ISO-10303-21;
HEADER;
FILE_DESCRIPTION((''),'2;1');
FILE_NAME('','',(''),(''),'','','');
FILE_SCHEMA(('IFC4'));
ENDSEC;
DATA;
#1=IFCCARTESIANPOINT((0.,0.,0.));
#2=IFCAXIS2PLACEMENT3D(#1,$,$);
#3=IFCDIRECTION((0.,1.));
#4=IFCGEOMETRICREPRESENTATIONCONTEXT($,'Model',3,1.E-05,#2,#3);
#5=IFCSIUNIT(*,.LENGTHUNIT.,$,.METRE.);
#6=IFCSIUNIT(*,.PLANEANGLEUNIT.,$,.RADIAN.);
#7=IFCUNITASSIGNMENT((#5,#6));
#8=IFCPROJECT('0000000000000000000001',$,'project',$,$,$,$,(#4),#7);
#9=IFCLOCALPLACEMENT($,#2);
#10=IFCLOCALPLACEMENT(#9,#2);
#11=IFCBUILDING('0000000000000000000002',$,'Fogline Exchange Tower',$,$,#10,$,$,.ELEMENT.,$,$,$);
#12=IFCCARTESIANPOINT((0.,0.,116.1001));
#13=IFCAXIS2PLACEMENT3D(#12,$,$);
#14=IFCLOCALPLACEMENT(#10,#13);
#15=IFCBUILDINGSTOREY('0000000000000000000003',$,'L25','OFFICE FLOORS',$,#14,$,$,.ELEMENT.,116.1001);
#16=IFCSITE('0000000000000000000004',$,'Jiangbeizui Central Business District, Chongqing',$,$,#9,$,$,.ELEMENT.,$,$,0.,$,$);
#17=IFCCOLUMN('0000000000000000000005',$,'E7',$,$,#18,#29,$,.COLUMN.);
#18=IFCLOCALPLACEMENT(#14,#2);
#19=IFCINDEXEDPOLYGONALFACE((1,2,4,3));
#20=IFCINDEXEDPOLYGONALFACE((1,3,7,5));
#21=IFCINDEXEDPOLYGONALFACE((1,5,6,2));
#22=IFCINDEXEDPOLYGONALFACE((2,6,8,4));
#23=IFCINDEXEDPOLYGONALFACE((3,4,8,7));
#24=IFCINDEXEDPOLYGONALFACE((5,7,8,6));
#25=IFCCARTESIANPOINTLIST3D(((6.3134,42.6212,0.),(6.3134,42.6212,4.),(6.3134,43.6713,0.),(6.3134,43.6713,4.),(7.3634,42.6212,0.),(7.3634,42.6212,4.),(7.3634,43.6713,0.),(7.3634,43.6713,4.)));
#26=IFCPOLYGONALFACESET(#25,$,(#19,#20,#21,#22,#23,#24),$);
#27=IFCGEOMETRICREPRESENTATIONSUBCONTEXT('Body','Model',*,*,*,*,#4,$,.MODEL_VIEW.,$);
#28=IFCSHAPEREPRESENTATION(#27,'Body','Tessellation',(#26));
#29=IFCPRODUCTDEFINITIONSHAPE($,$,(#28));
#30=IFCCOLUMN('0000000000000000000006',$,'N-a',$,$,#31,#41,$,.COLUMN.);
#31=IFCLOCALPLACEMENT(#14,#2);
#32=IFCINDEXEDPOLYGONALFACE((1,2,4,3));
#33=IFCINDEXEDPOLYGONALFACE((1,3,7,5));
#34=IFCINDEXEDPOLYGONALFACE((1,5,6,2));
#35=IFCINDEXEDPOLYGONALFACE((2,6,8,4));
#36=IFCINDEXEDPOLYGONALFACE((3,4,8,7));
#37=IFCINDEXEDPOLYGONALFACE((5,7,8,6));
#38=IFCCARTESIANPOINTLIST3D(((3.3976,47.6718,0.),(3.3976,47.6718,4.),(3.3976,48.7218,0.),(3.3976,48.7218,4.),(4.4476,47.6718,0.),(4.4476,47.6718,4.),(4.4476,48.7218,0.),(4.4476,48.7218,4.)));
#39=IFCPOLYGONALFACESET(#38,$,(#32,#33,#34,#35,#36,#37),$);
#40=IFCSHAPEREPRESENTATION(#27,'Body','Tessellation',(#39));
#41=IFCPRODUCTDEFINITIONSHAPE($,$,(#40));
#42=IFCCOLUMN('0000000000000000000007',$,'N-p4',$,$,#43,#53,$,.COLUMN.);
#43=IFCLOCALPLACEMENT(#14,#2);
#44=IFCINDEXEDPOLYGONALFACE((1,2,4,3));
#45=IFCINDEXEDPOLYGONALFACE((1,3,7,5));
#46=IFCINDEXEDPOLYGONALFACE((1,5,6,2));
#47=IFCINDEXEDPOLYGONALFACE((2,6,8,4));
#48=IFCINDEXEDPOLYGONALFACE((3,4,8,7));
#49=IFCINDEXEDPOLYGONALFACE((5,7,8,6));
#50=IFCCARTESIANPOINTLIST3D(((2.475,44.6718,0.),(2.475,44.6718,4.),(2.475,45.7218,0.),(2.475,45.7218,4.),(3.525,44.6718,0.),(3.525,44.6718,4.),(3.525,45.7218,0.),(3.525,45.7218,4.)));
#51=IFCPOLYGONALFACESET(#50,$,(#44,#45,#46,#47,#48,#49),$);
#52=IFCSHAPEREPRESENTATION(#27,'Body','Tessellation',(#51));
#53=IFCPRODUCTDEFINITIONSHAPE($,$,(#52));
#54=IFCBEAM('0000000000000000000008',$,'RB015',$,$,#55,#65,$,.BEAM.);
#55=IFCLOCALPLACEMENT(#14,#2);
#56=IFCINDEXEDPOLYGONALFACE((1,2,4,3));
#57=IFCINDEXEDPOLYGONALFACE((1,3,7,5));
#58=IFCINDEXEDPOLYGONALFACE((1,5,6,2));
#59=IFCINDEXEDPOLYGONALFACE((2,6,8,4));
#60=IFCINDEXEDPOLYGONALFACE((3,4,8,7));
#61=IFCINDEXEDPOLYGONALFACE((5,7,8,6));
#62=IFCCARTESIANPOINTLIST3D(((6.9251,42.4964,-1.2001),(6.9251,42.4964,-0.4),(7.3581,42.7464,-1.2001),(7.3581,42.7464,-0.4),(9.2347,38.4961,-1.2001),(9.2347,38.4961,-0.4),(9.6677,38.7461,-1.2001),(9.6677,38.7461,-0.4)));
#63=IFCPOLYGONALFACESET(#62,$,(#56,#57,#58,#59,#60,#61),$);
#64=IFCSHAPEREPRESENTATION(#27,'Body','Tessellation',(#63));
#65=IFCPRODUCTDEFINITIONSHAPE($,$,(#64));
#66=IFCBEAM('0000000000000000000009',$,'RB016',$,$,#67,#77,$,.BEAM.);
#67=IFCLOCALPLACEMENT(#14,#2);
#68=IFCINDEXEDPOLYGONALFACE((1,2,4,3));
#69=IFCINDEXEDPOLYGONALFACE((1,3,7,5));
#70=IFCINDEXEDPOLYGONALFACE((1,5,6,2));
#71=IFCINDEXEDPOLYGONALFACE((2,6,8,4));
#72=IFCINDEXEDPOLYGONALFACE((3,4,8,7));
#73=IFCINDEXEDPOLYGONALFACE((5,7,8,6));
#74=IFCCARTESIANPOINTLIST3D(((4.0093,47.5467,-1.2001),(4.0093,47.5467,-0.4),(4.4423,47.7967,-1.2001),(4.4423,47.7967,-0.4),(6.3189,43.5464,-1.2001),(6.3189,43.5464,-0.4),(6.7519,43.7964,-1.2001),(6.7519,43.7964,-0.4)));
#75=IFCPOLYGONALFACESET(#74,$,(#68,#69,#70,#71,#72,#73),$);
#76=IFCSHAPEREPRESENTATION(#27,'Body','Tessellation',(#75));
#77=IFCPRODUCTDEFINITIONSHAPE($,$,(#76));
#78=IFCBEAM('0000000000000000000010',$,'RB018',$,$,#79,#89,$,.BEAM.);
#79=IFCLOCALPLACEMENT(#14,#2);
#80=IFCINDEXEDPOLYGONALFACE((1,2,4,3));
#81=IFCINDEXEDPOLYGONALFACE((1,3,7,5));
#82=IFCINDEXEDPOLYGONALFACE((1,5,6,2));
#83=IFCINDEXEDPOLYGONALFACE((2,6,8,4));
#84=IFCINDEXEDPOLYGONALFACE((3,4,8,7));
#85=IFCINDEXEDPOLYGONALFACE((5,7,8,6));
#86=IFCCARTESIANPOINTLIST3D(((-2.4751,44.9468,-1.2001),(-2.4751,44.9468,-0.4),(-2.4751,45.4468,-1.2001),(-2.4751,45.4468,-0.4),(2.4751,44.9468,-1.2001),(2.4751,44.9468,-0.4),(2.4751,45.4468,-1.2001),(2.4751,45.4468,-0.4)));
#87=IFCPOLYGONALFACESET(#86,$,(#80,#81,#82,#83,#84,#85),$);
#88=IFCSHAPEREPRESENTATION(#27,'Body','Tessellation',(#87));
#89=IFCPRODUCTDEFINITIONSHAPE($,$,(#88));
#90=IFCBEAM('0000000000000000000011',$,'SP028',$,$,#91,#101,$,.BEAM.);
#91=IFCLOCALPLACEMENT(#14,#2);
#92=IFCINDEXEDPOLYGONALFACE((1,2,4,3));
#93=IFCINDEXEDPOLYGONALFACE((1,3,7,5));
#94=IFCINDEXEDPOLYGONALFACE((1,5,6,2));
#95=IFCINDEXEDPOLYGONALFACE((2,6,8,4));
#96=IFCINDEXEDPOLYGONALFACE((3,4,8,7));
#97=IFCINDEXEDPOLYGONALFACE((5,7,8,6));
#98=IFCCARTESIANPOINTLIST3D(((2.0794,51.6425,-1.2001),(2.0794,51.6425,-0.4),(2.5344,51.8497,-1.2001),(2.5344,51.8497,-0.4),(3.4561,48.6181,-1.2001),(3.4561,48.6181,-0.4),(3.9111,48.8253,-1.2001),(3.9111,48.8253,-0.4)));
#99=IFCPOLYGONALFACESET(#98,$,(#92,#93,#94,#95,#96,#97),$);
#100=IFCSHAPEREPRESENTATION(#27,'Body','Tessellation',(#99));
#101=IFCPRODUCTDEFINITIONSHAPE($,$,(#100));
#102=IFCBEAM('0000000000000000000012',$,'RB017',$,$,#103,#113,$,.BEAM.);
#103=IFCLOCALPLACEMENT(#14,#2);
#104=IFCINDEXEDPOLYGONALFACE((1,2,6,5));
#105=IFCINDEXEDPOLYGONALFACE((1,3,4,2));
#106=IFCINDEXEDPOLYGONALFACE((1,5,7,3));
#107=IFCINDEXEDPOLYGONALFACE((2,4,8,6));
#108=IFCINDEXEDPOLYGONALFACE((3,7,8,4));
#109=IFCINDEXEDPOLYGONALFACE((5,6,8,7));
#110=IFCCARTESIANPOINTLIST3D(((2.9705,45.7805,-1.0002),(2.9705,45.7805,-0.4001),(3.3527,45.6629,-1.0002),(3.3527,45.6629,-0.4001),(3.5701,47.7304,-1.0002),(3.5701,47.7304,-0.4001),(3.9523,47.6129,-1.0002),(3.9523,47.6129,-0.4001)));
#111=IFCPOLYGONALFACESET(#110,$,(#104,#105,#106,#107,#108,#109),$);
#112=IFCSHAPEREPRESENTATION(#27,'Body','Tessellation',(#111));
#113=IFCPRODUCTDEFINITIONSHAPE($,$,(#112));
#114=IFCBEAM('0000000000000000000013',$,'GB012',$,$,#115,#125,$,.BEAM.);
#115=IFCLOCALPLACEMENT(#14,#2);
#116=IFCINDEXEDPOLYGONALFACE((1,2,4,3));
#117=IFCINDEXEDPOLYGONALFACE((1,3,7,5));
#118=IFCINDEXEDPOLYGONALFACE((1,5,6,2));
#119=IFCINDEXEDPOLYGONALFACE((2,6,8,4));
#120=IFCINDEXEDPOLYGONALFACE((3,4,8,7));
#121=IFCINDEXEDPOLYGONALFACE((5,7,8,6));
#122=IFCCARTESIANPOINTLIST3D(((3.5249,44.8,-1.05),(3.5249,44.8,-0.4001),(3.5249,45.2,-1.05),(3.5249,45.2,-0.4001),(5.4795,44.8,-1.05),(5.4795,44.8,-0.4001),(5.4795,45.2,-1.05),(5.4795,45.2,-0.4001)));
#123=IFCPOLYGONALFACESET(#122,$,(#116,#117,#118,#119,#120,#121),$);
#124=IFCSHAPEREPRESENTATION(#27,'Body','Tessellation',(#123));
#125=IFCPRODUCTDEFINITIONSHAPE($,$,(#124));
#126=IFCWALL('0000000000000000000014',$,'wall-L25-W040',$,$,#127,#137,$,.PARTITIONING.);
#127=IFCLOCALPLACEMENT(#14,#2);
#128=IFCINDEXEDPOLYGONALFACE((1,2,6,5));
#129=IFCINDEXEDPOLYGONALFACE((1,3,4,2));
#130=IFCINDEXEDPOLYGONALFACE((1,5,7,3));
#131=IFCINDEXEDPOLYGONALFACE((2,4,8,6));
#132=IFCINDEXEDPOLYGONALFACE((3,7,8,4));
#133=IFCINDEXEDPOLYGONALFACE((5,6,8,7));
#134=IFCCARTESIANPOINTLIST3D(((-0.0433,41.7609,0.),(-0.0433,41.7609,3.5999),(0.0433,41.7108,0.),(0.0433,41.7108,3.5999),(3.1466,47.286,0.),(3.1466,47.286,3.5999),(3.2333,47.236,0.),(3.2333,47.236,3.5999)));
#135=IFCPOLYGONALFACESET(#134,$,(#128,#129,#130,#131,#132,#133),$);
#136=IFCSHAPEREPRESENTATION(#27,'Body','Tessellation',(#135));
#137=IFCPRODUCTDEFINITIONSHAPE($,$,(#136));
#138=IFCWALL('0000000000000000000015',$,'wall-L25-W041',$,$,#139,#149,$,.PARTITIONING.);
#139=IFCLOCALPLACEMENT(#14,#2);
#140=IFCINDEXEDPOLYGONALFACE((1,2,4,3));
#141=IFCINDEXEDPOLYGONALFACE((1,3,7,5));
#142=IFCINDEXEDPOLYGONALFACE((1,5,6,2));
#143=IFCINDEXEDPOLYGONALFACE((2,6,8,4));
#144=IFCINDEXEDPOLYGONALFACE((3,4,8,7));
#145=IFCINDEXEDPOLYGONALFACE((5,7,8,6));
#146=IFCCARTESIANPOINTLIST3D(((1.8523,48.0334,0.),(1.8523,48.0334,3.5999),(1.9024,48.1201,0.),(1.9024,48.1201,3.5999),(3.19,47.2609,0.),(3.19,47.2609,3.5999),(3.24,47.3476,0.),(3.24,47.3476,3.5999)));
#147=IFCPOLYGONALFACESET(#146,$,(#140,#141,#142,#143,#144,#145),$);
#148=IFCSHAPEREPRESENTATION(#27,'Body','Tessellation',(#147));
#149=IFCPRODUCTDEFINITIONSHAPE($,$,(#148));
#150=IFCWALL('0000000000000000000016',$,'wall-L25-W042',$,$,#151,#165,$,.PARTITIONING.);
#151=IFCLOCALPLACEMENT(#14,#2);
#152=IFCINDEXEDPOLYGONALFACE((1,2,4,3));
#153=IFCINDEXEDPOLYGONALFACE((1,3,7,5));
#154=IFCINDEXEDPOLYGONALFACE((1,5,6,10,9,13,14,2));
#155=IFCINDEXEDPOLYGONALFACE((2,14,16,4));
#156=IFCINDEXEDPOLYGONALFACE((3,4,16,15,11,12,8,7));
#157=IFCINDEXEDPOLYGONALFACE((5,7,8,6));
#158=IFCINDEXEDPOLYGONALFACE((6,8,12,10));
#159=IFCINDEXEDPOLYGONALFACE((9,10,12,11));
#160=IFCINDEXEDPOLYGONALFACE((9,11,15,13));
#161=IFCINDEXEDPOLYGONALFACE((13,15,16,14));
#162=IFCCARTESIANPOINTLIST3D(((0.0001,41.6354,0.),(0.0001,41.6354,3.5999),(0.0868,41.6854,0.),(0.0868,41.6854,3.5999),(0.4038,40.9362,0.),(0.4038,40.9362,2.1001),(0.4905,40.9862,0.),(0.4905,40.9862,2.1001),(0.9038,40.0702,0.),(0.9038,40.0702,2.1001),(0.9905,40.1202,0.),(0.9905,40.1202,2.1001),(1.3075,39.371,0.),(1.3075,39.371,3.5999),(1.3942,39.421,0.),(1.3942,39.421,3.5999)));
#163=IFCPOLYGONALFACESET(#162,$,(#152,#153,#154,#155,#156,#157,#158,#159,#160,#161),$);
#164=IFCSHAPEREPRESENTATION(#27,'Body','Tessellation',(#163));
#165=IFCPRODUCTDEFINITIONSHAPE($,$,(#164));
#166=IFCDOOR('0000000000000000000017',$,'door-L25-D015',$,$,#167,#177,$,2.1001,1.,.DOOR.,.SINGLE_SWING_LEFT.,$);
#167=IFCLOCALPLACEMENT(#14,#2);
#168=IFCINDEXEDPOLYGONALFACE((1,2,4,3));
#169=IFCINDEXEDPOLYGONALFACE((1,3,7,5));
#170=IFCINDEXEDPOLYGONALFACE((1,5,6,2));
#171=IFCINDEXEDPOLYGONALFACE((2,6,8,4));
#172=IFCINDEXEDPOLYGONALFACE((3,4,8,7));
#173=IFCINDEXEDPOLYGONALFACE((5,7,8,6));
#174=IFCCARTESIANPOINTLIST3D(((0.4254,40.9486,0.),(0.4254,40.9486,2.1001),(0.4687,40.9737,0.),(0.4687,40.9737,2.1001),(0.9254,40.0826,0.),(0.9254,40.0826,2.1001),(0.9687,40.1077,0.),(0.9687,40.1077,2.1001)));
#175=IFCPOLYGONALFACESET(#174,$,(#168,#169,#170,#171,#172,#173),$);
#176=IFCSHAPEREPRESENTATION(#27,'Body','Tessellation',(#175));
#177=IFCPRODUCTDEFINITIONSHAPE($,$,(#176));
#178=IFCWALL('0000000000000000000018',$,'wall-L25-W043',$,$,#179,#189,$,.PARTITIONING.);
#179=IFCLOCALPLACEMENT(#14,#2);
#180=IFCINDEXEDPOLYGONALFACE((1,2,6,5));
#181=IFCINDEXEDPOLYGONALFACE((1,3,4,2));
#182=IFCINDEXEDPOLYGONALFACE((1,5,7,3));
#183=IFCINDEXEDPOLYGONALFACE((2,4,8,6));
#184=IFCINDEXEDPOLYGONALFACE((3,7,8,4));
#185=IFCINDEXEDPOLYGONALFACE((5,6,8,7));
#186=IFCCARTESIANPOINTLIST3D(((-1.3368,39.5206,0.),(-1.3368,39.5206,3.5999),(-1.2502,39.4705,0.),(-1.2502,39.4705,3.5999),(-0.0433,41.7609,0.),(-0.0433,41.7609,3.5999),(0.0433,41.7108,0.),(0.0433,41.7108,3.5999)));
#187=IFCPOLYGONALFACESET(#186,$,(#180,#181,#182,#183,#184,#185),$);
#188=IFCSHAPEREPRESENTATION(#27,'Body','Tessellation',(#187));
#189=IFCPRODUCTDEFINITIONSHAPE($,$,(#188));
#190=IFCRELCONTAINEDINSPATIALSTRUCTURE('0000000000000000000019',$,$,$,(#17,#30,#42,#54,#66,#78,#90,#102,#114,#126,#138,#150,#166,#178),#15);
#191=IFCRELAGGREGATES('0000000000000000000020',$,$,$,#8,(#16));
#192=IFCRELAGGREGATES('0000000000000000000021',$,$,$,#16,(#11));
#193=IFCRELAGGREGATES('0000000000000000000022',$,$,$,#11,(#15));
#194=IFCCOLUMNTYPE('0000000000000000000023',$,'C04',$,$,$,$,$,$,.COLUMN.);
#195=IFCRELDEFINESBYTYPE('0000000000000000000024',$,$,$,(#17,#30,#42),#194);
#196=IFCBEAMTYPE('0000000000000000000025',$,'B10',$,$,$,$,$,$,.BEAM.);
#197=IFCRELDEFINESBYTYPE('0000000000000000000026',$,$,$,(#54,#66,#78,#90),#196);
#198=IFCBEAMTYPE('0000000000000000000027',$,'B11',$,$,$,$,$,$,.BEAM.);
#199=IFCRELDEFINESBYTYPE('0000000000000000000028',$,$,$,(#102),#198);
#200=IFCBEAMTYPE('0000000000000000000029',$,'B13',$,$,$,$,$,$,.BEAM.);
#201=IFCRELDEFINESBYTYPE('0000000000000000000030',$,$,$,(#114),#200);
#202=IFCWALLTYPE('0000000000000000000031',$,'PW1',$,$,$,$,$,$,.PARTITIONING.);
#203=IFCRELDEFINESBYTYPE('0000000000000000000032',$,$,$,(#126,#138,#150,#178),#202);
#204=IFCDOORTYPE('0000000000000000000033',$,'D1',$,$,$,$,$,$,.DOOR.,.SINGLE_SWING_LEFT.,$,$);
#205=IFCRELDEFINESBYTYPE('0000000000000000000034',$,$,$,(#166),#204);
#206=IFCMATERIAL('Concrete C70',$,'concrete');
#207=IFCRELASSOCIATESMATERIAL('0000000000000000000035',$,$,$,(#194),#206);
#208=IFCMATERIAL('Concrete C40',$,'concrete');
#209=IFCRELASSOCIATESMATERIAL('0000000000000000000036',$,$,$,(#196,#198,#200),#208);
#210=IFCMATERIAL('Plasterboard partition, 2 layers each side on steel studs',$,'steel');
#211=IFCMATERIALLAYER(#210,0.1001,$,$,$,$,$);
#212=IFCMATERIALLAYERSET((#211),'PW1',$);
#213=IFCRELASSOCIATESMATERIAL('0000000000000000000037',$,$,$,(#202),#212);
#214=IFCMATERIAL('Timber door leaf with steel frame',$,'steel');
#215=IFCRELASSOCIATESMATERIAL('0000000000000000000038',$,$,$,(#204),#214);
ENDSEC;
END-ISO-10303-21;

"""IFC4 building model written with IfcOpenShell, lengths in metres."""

from ifc_helpers import new_model, si_unit, direction, frame, frame_2d, origin, origin_2d, place, context, subcontext, project, spatial, rectangle, extrude, material, layer, layer_set, material_profile, profile_set, type_object, element, fill, save


model = new_model("IFC4")

# Units and contexts
model_context = context("Model", 3, precision=1e-05, world=origin(), true_north=direction((0.0, 1.0)))
body_context = subcontext(model_context, "Body", "Model", "MODEL_VIEW")
ifc_project = project(units=[si_unit("LENGTHUNIT", "METRE"), si_unit("PLANEANGLEUNIT", "RADIAN")], contexts=[model_context])

# Site, building, storey
site_placement = place(None, origin())
site = spatial("IfcSite", under=ifc_project, at=site_placement, Name="Jiangbeizui Central Business District, Chongqing", CompositionType="ELEMENT", RefElevation=0.0)
building_placement = place(site_placement, origin())
building = spatial("IfcBuilding", under=site, at=building_placement, Name="Fogline Exchange Tower", CompositionType="ELEMENT")
storey_placement = place(building_placement, frame((0.0, 0.0, 116.1001)))
storey = spatial("IfcBuildingStorey", under=building, at=storey_placement, Name="L25", Description="OFFICE FLOORS", CompositionType="ELEMENT", Elevation=116.1001)

# Columns
ifc_material_1 = material(Name="Concrete C70", Category="concrete")
ifc_material_profile_1 = material_profile(ifc_material_1, rectangle(XDim=1.05, YDim=1.05, at=origin_2d()), Name="RC 1050x1050")
ifc_profile_set_1 = profile_set([ifc_material_profile_1], Name="Concrete C70")
column_type = type_object("IfcColumnType", Name="C04", PredefinedType="COLUMN", material=ifc_profile_set_1)
for number, where, z_axis, x_axis, name in (
    (1, (6.8384, 43.1462, 0.0), (0.0, 0.0, 1.0), (1.0, 0.0, 0.0), "E7"),
    (2, (3.9226, 48.1968, 0.0), (0.0, 0.0, 1.0), (1.0, 0.0, 0.0), "N-a"),
    (3, (3.0, 45.1968, 0.0), (0.0, 0.0, 1.0), (1.0, 0.0, 0.0), "N-p4"),
):
    element("IfcColumn", number, at=place(storey_placement, frame(where, z_axis=z_axis, x_axis=x_axis)), inside=storey, type_object=column_type, Name=name, PredefinedType="COLUMN", context=body_context, shape_type="SweptSolid", body=[
        extrude(rectangle(XDim=1.05, YDim=1.05, at=origin_2d()), origin(), (0.0, 0.0, 1.0), 4.0),
    ])

# Beams
ifc_material_2 = material(Name="Concrete C40", Category="concrete")
ifc_material_profile_2 = material_profile(ifc_material_2, rectangle(XDim=0.5, YDim=0.8, at=origin_2d()), Name="RC 500x800")
ifc_profile_set_2 = profile_set([ifc_material_profile_2], Name="Concrete C40")
beam_type_1 = type_object("IfcBeamType", Name="B10", PredefinedType="BEAM", material=ifc_profile_set_2)
for number, where, z_axis, x_axis, name in (
    (4, (9.4512, 38.6211, -0.8), (-0.500005, 0.866023, 0.0), (-0.866023, -0.500005, 0.0), "RB015"),
    (5, (6.5354, 43.6714, -0.8), (-0.500005, 0.866023, 0.0), (-0.866023, -0.500005, 0.0), "RB016"),
):
    element("IfcBeam", number, at=place(storey_placement, frame(where, z_axis=z_axis, x_axis=x_axis)), inside=storey, type_object=beam_type_1, Name=name, PredefinedType="BEAM", context=body_context, shape_type="SweptSolid", body=[
        extrude(rectangle(XDim=0.5, YDim=0.8, at=origin_2d()), origin(), (0.0, 0.0, 1.0), 4.6191),
    ])
beam_1_placement = place(storey_placement, frame((2.4751, 45.1968, -0.8), z_axis=(-1.0, 0.0, 0.0), x_axis=(0.0, -1.0, 0.0)))
element("IfcBeam", 6, at=beam_1_placement, inside=storey, type_object=beam_type_1, Name="RB018", PredefinedType="BEAM", context=body_context, shape_type="SweptSolid", body=[
    extrude(rectangle(XDim=0.5, YDim=0.8, at=origin_2d()), origin(), (0.0, 0.0, 1.0), 4.9502),
])
beam_2_placement = place(storey_placement, frame((3.6836, 48.7217, -0.8), z_axis=(-0.414296, 0.910142, 0.0), x_axis=(-0.910142, -0.414296, 0.0)))
element("IfcBeam", 7, at=beam_2_placement, inside=storey, type_object=beam_type_1, Name="SP028", PredefinedType="BEAM", context=body_context, shape_type="SweptSolid", body=[
    extrude(rectangle(XDim=0.5, YDim=0.8, at=origin_2d()), origin(), (0.0, 0.0, 1.0), 3.323),
])
ifc_material_profile_3 = material_profile(ifc_material_2, rectangle(XDim=0.3999, YDim=0.6001, at=origin_2d()), Name="RC 400x600")
ifc_profile_set_3 = profile_set([ifc_material_profile_3], Name="Concrete C40")
beam_type_2 = type_object("IfcBeamType", Name="B11", PredefinedType="BEAM", material=ifc_profile_set_3)
beam_3_placement = place(storey_placement, frame((3.7612, 47.6716, -0.7002), z_axis=(-0.293918, -0.955831, 0.0), x_axis=(0.955831, -0.293918, 0.0)))
element("IfcBeam", 8, at=beam_3_placement, inside=storey, type_object=beam_type_2, Name="RB017", PredefinedType="BEAM", context=body_context, shape_type="SweptSolid", body=[
    extrude(rectangle(XDim=0.3999, YDim=0.6001, at=origin_2d()), origin(), (0.0, 0.0, 1.0), 2.04),
])
ifc_material_profile_4 = material_profile(ifc_material_2, rectangle(XDim=0.3999, YDim=0.6499, at=origin_2d()), Name="RC 400x650")
ifc_profile_set_4 = profile_set([ifc_material_profile_4], Name="Concrete C40")
beam_type_3 = type_object("IfcBeamType", Name="B13", PredefinedType="BEAM", material=ifc_profile_set_4)
beam_4_placement = place(storey_placement, frame((3.5249, 45.0, -0.7251), z_axis=(1.0, 0.0, 0.0), x_axis=(0.0, 1.0, 0.0)))
element("IfcBeam", 9, at=beam_4_placement, inside=storey, type_object=beam_type_3, Name="GB012", PredefinedType="BEAM", context=body_context, shape_type="SweptSolid", body=[
    extrude(rectangle(XDim=0.3999, YDim=0.6499, at=origin_2d()), origin(), (0.0, 0.0, 1.0), 1.9546),
])

# Walls
ifc_material_3 = material(Name="Plasterboard partition, 2 layers each side on steel studs", Category="steel")
ifc_layer_1 = layer(ifc_material_3, 0.1001)
ifc_layer_set_1 = layer_set([ifc_layer_1], Name="PW1")
wall_type_1 = type_object("IfcWallType", Name="PW1", PredefinedType="PARTITIONING", material=ifc_layer_set_1)
wall_1_placement = place(storey_placement, frame((0.0, 41.7358, 0.0), z_axis=(0.0, 0.0, 1.0), x_axis=(0.5, 0.866026, 0.0)))
element("IfcWall", 10, at=wall_1_placement, inside=storey, type_object=wall_type_1, Name="wall-L25-W040", PredefinedType="PARTITIONING", context=body_context, shape_type="SweptSolid", body=[
    extrude(rectangle(XDim=6.3799, YDim=0.1001, at=frame_2d((3.1899, 0.0))), origin(), (0.0, 0.0, 1.0), 3.5999),
])
wall_2_placement = place(storey_placement, frame((3.2151, 47.3042, 0.0), z_axis=(0.0, 0.0, 1.0), x_axis=(-0.865978, 0.500083, 0.0)))
element("IfcWall", 11, at=wall_2_placement, inside=storey, type_object=wall_type_1, Name="wall-L25-W041", PredefinedType="PARTITIONING", context=body_context, shape_type="SweptSolid", body=[
    extrude(rectangle(XDim=1.5447, YDim=0.1001, at=frame_2d((0.7725, 0.0))), origin(), (0.0, 0.0, 1.0), 3.5999),
])

# Wall, opening, door
wall_3_placement = place(storey_placement, frame((1.3508, 39.396, 0.0), z_axis=(0.0, 0.0, 1.0), x_axis=(-0.500005, 0.866022, 0.0)))
wall_3 = element("IfcWall", 12, at=wall_3_placement, inside=storey, type_object=wall_type_1, Name="wall-L25-W042", PredefinedType="PARTITIONING", context=body_context, shape_type="SweptSolid", body=[
    extrude(rectangle(XDim=2.6147, YDim=0.1001, at=frame_2d((1.3074, 0.0))), origin(), (0.0, 0.0, 1.0), 3.5999),
])
opening_1_placement = place(wall_3_placement, frame((0.8074, 0.0, 0.0)))
opening_1 = element("IfcOpeningElement", 13, at=opening_1_placement, cuts=wall_3, PredefinedType="OPENING", context=body_context, shape_type="SweptSolid", body=[
    extrude(rectangle(XDim=1.0, YDim=2.1001, at=frame_2d((0.5, 1.05))), frame((0.0, 0.0601, 0.0), z_axis=(0.0, -1.0, 0.0), x_axis=(1.0, 0.0, 0.0)), (0.0, 0.0, 1.0), 0.1201),
])
ifc_material_4 = material(Name="Timber door leaf with steel frame", Category="steel")
door_type_1 = type_object("IfcDoorType", Name="D1", OperationType="SINGLE_SWING_LEFT", PredefinedType="DOOR", material=ifc_material_4)
door_1_placement = place(opening_1_placement, frame((1.0, 0.0, 0.0), z_axis=(0.0, 0.0, 1.0), x_axis=(-1.0, 0.0, 0.0)))
door_1 = element("IfcDoor", 14, at=door_1_placement, inside=storey, type_object=door_type_1, Name="door-L25-D015", OperationType="SINGLE_SWING_LEFT", OverallHeight=2.1001, OverallWidth=1.0, PredefinedType="DOOR", context=body_context, shape_type="SweptSolid", body=[
    extrude(rectangle(XDim=1.0, YDim=2.1001, at=frame_2d((0.5, 1.05))), frame((0.0, 0.0249, 0.0), z_axis=(0.0, -1.0, 0.0), x_axis=(1.0, 0.0, 0.0)), (0.0, 0.0, 1.0), 0.05),
])
fill(opening_1, door_1)

# Wall
wall_4_placement = place(storey_placement, frame((0.0, 41.7358, 0.0), z_axis=(0.0, 0.0, 1.0), x_axis=(-0.500017, -0.866016, 0.0)))
element("IfcWall", 15, at=wall_4_placement, inside=storey, type_object=wall_type_1, Name="wall-L25-W043", PredefinedType="PARTITIONING", context=body_context, shape_type="SweptSolid", body=[
    extrude(rectangle(XDim=2.5869, YDim=0.1001, at=frame_2d((1.2935, 0.0))), origin(), (0.0, 0.0, 1.0), 3.5999),
])

save(model, "model.ifc")
